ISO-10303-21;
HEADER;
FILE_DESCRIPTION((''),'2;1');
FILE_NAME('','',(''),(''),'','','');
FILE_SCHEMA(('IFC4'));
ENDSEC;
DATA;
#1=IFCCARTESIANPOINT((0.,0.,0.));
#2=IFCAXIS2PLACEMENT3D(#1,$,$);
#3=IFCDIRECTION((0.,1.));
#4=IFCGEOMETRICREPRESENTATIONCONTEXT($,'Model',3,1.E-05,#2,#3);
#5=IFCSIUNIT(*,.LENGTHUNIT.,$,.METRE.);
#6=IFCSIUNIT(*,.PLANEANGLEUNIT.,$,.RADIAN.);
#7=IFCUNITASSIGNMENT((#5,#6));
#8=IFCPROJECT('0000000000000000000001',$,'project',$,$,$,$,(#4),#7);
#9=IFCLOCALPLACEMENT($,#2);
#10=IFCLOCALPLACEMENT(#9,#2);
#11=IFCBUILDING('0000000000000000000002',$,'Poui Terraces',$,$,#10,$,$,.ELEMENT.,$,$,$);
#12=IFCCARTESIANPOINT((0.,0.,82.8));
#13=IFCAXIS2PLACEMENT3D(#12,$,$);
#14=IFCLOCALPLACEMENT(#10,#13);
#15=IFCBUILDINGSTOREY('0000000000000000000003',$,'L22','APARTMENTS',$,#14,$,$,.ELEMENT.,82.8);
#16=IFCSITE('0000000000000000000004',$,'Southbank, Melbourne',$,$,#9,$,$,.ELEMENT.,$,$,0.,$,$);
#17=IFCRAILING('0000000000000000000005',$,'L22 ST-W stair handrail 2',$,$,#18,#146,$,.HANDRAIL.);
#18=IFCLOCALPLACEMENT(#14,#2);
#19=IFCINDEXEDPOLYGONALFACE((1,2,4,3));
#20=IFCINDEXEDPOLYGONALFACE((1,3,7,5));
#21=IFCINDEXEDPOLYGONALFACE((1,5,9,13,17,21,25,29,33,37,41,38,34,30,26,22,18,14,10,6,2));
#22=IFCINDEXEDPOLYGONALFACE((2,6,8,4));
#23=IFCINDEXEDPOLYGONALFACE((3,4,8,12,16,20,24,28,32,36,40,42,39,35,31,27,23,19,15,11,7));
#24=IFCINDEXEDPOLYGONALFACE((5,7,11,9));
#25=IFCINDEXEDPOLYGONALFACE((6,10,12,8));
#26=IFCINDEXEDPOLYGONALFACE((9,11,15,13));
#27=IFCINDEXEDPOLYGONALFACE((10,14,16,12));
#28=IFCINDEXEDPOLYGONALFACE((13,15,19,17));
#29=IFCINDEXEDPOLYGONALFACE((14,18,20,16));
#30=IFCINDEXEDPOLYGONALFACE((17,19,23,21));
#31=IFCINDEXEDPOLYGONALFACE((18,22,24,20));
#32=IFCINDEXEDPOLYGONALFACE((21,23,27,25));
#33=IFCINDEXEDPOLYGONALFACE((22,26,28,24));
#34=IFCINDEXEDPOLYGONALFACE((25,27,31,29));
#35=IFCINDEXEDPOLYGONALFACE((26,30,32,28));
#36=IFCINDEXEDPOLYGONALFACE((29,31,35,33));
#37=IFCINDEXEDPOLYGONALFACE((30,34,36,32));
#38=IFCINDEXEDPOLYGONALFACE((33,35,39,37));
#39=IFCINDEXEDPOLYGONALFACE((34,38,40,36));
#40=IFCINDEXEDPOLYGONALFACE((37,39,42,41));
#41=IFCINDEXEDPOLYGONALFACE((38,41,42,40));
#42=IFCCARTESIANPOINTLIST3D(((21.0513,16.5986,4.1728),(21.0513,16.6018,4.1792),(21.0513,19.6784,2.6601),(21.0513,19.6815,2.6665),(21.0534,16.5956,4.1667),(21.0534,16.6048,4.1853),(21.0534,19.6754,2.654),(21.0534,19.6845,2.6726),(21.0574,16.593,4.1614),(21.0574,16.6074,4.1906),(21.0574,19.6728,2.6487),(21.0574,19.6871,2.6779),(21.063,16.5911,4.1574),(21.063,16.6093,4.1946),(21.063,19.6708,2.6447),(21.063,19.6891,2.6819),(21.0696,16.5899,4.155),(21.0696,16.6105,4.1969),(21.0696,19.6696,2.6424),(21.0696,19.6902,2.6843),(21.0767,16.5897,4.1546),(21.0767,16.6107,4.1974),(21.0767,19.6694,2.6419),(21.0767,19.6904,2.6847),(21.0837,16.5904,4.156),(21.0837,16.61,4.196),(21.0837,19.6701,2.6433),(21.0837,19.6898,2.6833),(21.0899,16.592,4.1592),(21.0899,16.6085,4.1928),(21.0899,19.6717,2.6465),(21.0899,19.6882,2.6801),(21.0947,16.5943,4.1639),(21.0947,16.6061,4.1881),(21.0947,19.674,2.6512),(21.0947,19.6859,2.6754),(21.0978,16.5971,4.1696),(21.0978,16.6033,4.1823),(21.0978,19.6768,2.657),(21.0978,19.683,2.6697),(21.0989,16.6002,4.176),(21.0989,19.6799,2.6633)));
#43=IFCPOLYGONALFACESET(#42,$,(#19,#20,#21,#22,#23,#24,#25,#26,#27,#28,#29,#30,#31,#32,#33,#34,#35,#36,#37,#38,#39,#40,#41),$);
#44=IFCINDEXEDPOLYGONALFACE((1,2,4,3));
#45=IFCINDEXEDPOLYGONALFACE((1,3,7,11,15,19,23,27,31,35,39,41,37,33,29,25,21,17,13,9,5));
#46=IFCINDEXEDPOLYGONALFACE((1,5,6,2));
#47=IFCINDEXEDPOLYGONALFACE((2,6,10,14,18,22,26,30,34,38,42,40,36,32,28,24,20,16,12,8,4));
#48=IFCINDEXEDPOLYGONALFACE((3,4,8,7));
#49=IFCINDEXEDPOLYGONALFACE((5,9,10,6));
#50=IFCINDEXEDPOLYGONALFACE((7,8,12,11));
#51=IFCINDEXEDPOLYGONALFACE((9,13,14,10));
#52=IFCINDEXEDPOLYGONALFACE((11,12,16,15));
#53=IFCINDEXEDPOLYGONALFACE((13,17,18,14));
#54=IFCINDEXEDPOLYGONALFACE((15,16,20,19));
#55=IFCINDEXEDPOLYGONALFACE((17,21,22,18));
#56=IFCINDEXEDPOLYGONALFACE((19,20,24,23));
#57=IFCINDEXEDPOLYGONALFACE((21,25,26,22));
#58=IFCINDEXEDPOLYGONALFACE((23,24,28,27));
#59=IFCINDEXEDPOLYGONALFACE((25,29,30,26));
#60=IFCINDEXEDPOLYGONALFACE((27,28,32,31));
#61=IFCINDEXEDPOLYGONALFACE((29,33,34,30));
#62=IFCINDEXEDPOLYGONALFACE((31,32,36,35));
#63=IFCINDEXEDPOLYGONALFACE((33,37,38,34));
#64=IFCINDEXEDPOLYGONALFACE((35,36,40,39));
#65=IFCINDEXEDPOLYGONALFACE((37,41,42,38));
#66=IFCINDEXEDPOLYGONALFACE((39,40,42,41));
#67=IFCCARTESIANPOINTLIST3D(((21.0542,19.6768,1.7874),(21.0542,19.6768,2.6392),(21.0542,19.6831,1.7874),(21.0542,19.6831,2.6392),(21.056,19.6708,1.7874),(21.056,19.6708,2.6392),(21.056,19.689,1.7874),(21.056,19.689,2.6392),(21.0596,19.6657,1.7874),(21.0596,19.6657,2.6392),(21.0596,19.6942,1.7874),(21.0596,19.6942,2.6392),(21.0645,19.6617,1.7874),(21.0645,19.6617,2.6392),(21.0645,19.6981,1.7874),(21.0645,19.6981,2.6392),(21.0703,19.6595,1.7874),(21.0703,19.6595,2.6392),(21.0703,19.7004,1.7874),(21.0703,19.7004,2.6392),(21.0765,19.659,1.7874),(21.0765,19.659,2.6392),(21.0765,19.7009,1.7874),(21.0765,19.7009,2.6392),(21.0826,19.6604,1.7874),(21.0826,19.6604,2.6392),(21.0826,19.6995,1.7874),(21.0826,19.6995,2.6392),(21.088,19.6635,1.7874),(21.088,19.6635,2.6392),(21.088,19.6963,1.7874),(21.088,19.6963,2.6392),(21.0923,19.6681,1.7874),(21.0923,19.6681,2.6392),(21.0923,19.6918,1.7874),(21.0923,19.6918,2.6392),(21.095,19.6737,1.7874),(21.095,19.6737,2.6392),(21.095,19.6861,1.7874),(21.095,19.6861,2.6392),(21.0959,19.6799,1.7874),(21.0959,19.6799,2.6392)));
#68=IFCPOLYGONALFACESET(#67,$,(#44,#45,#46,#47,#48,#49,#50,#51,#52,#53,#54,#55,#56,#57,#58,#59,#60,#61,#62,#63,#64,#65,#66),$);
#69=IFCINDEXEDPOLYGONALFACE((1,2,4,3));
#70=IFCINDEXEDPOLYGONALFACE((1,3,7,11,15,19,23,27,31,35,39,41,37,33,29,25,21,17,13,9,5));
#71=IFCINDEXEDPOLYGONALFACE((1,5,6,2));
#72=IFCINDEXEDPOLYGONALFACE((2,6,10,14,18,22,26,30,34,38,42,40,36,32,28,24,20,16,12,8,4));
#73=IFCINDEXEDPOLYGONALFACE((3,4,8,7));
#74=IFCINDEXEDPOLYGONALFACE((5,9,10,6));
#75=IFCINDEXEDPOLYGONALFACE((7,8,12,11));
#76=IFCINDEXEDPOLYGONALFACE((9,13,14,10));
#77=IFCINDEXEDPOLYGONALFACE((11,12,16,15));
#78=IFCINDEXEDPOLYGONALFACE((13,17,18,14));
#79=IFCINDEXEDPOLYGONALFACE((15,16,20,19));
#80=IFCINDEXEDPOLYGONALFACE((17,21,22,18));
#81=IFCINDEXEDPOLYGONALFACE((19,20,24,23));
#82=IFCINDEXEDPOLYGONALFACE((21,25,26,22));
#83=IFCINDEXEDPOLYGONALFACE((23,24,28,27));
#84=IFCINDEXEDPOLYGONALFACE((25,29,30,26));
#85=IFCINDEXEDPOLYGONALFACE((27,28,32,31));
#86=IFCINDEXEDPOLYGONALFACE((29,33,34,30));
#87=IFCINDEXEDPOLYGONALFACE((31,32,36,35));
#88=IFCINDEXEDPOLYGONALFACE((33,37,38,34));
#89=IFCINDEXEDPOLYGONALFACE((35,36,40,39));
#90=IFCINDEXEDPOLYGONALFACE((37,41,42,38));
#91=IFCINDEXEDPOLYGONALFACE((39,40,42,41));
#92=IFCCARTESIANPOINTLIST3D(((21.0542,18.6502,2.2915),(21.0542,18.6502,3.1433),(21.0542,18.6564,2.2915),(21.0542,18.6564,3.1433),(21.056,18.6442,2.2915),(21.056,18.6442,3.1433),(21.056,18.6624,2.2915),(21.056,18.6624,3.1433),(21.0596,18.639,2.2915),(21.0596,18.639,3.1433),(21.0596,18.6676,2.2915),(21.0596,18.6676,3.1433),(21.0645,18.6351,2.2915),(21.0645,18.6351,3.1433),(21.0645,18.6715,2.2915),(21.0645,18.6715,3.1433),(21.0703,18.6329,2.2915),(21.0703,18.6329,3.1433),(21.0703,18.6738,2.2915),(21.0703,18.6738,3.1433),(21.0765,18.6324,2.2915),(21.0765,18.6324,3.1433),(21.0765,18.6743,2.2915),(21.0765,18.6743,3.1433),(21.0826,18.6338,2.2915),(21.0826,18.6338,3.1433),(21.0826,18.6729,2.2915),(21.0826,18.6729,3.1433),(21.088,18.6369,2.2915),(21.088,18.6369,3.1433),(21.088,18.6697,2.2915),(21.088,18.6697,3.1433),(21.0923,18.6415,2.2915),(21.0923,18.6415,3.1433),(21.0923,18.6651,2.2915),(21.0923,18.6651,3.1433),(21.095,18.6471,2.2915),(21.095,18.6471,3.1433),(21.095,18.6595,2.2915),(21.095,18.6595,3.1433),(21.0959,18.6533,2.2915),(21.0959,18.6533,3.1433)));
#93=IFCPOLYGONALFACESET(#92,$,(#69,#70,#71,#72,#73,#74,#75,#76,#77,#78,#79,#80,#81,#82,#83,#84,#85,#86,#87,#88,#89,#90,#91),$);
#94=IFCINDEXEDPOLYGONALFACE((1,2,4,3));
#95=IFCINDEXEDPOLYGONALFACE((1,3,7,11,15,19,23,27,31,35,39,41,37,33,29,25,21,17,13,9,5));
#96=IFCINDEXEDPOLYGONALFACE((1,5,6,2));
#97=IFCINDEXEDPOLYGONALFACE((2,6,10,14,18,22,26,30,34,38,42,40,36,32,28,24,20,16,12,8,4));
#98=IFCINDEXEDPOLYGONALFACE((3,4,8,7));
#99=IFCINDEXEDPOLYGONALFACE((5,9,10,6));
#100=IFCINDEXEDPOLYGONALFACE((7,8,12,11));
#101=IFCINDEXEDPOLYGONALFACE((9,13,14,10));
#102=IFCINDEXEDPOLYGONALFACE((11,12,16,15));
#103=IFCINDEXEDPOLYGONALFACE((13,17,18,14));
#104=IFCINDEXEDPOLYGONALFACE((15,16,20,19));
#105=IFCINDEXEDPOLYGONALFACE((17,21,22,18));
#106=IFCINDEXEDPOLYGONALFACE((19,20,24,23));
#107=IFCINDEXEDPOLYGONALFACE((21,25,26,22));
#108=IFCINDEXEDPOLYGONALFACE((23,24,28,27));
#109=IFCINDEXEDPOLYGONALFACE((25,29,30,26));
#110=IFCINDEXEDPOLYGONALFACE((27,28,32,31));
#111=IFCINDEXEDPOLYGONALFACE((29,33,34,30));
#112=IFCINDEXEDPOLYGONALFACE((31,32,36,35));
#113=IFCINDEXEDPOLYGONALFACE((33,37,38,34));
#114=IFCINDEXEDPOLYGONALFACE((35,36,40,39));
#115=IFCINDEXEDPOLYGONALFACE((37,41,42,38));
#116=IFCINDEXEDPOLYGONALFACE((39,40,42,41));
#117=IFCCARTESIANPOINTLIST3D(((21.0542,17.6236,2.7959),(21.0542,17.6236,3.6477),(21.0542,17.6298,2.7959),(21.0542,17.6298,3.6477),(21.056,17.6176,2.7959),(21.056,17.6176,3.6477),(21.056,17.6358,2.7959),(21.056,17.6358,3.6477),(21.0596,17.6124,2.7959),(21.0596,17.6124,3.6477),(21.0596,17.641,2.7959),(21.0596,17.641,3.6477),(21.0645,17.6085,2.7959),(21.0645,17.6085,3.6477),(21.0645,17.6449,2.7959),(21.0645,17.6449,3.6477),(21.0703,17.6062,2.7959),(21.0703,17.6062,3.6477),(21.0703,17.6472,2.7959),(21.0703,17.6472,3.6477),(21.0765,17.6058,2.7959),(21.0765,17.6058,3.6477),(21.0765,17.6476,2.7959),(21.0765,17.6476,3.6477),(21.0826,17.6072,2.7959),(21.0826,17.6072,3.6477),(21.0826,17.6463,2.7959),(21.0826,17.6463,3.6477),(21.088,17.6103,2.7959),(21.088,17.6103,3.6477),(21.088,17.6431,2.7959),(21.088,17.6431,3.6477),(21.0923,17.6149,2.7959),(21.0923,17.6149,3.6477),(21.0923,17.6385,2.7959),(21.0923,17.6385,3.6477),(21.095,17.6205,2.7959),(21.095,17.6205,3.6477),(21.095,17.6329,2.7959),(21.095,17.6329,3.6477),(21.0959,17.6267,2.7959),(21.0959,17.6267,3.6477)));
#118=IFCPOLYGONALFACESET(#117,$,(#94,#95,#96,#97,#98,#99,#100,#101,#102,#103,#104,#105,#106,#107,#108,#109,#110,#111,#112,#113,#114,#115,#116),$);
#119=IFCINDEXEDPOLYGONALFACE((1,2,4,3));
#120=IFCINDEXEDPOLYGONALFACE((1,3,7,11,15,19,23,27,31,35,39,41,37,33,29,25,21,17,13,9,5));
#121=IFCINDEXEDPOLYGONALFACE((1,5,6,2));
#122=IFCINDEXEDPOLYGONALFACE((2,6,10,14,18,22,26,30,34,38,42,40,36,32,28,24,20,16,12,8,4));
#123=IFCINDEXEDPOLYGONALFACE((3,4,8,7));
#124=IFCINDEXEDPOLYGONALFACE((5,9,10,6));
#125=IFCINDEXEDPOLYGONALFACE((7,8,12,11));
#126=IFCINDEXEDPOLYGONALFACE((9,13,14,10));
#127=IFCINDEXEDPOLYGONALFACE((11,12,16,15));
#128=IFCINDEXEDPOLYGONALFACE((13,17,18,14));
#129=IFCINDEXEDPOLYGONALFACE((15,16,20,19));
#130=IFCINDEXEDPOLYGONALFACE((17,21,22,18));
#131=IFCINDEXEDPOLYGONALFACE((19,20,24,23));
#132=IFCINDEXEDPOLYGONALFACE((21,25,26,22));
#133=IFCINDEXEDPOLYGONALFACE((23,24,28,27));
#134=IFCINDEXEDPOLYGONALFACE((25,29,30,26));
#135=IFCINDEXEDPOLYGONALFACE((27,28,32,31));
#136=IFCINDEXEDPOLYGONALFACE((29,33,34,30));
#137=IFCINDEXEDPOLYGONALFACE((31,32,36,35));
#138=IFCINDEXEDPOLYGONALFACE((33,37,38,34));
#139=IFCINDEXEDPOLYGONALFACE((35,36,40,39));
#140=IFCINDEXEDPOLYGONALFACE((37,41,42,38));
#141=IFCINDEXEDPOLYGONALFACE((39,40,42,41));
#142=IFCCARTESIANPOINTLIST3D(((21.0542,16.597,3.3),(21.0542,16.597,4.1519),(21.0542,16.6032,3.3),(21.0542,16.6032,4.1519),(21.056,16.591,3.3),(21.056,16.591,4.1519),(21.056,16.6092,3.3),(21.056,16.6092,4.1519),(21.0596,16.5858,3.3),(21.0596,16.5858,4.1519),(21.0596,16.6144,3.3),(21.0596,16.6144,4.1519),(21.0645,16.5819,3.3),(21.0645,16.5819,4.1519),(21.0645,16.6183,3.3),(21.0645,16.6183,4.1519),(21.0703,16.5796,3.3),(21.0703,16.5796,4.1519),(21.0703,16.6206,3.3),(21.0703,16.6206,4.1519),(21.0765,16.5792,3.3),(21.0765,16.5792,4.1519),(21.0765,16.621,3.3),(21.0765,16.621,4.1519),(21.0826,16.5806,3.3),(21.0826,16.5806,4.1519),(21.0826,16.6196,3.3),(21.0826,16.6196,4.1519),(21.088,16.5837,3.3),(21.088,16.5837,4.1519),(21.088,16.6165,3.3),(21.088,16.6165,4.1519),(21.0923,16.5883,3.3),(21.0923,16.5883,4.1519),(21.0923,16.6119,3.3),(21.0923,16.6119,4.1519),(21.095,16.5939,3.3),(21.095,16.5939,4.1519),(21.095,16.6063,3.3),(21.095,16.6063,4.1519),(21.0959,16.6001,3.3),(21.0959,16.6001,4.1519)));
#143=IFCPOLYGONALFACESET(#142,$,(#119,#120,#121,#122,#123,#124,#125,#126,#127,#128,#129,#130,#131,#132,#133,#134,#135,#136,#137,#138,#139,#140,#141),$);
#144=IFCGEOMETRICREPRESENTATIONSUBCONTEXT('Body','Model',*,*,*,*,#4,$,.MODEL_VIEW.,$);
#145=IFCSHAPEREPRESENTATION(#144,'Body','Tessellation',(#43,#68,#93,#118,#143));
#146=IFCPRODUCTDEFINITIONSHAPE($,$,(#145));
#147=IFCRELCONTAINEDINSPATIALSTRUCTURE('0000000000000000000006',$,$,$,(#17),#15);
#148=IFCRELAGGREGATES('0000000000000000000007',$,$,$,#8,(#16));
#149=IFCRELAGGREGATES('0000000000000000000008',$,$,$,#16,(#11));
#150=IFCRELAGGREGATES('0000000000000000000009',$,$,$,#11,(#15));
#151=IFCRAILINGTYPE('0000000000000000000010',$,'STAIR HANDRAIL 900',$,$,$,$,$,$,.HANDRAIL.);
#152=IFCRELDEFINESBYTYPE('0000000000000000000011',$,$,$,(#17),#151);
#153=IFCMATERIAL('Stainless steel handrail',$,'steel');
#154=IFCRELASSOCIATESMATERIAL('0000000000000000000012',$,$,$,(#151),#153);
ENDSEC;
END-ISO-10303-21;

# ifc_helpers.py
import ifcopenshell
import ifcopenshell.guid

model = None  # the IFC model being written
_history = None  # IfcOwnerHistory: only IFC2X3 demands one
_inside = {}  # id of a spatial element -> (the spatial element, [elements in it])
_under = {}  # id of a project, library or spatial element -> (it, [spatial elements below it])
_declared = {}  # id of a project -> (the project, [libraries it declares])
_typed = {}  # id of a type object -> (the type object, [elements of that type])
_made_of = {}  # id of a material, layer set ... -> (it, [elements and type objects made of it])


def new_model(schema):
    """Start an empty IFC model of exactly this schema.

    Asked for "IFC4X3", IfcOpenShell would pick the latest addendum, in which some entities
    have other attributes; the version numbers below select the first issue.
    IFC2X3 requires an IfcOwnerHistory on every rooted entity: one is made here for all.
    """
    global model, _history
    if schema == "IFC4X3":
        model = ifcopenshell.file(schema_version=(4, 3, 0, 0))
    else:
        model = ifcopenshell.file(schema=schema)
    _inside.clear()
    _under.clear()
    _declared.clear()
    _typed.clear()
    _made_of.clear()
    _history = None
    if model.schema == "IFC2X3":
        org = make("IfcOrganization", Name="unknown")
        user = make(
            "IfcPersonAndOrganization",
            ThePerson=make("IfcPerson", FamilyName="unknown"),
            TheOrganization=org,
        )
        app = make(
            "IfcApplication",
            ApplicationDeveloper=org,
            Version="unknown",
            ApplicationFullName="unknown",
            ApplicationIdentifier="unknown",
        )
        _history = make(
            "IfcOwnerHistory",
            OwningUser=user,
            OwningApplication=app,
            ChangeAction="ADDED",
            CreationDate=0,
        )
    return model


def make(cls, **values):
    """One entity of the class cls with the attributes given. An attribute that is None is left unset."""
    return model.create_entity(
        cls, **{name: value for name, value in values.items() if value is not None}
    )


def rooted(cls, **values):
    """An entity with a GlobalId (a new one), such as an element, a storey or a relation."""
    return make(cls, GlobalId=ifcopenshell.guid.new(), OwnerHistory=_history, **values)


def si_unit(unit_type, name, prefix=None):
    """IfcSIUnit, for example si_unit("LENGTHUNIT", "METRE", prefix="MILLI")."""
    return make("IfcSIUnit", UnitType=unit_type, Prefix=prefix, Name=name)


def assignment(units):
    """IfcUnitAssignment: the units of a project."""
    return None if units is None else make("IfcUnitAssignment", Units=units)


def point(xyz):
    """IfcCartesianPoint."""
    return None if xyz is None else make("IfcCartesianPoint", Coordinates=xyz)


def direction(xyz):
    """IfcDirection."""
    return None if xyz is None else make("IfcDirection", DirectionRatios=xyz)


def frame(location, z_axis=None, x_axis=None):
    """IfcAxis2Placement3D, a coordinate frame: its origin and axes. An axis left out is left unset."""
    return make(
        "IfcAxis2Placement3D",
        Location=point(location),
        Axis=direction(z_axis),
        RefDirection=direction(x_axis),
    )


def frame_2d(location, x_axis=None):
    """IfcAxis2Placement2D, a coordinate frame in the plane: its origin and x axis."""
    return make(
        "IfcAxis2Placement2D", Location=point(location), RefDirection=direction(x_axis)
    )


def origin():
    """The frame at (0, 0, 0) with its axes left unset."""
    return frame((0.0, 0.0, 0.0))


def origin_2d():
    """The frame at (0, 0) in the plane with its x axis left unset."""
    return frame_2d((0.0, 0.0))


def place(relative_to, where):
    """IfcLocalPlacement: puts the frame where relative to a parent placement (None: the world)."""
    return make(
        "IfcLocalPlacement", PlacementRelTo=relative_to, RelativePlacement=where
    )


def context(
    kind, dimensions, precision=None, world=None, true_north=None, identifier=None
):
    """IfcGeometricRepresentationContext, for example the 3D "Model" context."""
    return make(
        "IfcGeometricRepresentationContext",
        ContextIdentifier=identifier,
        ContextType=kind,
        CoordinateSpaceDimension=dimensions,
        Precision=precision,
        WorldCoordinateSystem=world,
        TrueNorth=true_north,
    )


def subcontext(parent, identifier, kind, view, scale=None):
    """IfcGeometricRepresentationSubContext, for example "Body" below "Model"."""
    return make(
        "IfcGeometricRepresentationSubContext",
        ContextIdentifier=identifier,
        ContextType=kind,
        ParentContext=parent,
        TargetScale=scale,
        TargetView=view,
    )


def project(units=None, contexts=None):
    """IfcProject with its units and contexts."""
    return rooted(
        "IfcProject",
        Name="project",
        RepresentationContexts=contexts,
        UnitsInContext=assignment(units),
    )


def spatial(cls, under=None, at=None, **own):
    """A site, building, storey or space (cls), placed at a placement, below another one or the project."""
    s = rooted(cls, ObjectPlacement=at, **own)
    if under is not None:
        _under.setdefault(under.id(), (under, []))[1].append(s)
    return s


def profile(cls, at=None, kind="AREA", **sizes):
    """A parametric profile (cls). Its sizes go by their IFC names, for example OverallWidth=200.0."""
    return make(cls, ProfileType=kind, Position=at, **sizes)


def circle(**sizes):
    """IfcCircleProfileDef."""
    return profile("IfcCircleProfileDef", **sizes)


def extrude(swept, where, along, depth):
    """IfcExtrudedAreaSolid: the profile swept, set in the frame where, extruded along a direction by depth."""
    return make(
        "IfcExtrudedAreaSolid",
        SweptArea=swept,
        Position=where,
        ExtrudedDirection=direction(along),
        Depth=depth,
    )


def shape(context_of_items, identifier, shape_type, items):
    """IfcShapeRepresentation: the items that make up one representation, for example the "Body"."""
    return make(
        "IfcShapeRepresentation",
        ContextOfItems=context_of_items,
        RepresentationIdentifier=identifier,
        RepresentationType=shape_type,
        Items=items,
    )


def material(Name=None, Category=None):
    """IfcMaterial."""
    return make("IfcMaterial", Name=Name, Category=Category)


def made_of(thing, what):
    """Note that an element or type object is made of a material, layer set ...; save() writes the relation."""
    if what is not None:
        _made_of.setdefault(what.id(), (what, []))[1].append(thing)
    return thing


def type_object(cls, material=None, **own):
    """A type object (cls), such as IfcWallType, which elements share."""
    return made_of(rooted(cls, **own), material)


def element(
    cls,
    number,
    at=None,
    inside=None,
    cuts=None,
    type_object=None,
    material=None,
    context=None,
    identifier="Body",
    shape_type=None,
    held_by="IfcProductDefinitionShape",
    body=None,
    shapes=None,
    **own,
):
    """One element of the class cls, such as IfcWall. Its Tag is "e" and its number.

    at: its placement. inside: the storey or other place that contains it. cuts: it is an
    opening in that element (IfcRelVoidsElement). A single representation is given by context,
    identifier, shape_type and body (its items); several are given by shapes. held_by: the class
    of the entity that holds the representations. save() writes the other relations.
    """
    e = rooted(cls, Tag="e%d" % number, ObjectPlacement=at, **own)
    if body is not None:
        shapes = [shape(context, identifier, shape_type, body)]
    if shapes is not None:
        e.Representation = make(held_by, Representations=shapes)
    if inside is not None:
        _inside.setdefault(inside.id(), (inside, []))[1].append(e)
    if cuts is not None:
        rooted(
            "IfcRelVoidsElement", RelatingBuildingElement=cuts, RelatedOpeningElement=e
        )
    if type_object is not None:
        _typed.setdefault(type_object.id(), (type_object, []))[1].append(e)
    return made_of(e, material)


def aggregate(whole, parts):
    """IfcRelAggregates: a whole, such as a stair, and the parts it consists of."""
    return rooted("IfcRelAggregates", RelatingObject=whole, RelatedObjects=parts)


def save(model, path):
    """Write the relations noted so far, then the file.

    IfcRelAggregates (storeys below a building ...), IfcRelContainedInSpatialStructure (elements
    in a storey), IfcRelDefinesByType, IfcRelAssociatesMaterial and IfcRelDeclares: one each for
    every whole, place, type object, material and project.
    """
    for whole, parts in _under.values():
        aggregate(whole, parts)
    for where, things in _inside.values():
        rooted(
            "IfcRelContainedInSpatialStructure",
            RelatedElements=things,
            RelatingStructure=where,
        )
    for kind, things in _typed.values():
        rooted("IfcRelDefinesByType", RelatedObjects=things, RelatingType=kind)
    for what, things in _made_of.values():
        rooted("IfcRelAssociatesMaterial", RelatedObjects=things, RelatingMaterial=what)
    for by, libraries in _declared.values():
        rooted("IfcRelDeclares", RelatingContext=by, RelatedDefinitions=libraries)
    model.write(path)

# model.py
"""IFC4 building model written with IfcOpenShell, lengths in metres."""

from ifc_helpers import new_model, si_unit, direction, frame, origin, origin_2d, place, context, subcontext, project, spatial, circle, extrude, material, type_object, element, save


model = new_model("IFC4")

# Units and contexts
model_context = context("Model", 3, precision=1e-05, world=origin(), true_north=direction((0.0, 1.0)))
body_context = subcontext(model_context, "Body", "Model", "MODEL_VIEW")
ifc_project = project(units=[si_unit("LENGTHUNIT", "METRE"), si_unit("PLANEANGLEUNIT", "RADIAN")], contexts=[model_context])

# Site, building, storey
site_placement = place(None, origin())
site = spatial("IfcSite", under=ifc_project, at=site_placement, Name="Southbank, Melbourne", CompositionType="ELEMENT", RefElevation=0.0)
building_placement = place(site_placement, origin())
building = spatial("IfcBuilding", under=site, at=building_placement, Name="Poui Terraces", CompositionType="ELEMENT")
storey_placement = place(building_placement, frame((0.0, 0.0, 82.8)))
storey = spatial("IfcBuildingStorey", under=building, at=storey_placement, Name="L22", Description="APARTMENTS", CompositionType="ELEMENT", Elevation=82.8)

# Railing
ifc_material_1 = material(Name="Stainless steel handrail", Category="steel")
railing_type_1 = type_object("IfcRailingType", Name="STAIR HANDRAIL 900", PredefinedType="HANDRAIL", material=ifc_material_1)
railing_1_placement = place(storey_placement, frame((21.075, 19.6799, 1.7874)))
element("IfcRailing", 1, at=railing_1_placement, inside=storey, type_object=railing_type_1, Name="L22 ST-W stair handrail 2", PredefinedType="HANDRAIL", context=body_context, shape_type="SweptSolid", body=[
    extrude(circle(Radius=0.0239, at=origin_2d()), frame((0.0, 0.0, 0.876), z_axis=(0.0, -0.897578, 0.440856), x_axis=(1.0, 0.0, 0.0)), (0.0, 0.0, 1.0), 3.4312),
    extrude(circle(Radius=0.021, at=origin_2d()), origin(), (0.0, 0.0, 1.0), 0.8518),
    extrude(circle(Radius=0.021, at=origin_2d()), frame((0.0, -1.0266, 0.5042)), (0.0, 0.0, 1.0), 0.8518),
    extrude(circle(Radius=0.021, at=origin_2d()), frame((0.0, -2.0532, 1.0085)), (0.0, 0.0, 1.0), 0.8518),
    extrude(circle(Radius=0.021, at=origin_2d()), frame((0.0, -3.0798, 1.5127)), (0.0, 0.0, 1.0), 0.8518),
])

save(model, "model.ifc")
